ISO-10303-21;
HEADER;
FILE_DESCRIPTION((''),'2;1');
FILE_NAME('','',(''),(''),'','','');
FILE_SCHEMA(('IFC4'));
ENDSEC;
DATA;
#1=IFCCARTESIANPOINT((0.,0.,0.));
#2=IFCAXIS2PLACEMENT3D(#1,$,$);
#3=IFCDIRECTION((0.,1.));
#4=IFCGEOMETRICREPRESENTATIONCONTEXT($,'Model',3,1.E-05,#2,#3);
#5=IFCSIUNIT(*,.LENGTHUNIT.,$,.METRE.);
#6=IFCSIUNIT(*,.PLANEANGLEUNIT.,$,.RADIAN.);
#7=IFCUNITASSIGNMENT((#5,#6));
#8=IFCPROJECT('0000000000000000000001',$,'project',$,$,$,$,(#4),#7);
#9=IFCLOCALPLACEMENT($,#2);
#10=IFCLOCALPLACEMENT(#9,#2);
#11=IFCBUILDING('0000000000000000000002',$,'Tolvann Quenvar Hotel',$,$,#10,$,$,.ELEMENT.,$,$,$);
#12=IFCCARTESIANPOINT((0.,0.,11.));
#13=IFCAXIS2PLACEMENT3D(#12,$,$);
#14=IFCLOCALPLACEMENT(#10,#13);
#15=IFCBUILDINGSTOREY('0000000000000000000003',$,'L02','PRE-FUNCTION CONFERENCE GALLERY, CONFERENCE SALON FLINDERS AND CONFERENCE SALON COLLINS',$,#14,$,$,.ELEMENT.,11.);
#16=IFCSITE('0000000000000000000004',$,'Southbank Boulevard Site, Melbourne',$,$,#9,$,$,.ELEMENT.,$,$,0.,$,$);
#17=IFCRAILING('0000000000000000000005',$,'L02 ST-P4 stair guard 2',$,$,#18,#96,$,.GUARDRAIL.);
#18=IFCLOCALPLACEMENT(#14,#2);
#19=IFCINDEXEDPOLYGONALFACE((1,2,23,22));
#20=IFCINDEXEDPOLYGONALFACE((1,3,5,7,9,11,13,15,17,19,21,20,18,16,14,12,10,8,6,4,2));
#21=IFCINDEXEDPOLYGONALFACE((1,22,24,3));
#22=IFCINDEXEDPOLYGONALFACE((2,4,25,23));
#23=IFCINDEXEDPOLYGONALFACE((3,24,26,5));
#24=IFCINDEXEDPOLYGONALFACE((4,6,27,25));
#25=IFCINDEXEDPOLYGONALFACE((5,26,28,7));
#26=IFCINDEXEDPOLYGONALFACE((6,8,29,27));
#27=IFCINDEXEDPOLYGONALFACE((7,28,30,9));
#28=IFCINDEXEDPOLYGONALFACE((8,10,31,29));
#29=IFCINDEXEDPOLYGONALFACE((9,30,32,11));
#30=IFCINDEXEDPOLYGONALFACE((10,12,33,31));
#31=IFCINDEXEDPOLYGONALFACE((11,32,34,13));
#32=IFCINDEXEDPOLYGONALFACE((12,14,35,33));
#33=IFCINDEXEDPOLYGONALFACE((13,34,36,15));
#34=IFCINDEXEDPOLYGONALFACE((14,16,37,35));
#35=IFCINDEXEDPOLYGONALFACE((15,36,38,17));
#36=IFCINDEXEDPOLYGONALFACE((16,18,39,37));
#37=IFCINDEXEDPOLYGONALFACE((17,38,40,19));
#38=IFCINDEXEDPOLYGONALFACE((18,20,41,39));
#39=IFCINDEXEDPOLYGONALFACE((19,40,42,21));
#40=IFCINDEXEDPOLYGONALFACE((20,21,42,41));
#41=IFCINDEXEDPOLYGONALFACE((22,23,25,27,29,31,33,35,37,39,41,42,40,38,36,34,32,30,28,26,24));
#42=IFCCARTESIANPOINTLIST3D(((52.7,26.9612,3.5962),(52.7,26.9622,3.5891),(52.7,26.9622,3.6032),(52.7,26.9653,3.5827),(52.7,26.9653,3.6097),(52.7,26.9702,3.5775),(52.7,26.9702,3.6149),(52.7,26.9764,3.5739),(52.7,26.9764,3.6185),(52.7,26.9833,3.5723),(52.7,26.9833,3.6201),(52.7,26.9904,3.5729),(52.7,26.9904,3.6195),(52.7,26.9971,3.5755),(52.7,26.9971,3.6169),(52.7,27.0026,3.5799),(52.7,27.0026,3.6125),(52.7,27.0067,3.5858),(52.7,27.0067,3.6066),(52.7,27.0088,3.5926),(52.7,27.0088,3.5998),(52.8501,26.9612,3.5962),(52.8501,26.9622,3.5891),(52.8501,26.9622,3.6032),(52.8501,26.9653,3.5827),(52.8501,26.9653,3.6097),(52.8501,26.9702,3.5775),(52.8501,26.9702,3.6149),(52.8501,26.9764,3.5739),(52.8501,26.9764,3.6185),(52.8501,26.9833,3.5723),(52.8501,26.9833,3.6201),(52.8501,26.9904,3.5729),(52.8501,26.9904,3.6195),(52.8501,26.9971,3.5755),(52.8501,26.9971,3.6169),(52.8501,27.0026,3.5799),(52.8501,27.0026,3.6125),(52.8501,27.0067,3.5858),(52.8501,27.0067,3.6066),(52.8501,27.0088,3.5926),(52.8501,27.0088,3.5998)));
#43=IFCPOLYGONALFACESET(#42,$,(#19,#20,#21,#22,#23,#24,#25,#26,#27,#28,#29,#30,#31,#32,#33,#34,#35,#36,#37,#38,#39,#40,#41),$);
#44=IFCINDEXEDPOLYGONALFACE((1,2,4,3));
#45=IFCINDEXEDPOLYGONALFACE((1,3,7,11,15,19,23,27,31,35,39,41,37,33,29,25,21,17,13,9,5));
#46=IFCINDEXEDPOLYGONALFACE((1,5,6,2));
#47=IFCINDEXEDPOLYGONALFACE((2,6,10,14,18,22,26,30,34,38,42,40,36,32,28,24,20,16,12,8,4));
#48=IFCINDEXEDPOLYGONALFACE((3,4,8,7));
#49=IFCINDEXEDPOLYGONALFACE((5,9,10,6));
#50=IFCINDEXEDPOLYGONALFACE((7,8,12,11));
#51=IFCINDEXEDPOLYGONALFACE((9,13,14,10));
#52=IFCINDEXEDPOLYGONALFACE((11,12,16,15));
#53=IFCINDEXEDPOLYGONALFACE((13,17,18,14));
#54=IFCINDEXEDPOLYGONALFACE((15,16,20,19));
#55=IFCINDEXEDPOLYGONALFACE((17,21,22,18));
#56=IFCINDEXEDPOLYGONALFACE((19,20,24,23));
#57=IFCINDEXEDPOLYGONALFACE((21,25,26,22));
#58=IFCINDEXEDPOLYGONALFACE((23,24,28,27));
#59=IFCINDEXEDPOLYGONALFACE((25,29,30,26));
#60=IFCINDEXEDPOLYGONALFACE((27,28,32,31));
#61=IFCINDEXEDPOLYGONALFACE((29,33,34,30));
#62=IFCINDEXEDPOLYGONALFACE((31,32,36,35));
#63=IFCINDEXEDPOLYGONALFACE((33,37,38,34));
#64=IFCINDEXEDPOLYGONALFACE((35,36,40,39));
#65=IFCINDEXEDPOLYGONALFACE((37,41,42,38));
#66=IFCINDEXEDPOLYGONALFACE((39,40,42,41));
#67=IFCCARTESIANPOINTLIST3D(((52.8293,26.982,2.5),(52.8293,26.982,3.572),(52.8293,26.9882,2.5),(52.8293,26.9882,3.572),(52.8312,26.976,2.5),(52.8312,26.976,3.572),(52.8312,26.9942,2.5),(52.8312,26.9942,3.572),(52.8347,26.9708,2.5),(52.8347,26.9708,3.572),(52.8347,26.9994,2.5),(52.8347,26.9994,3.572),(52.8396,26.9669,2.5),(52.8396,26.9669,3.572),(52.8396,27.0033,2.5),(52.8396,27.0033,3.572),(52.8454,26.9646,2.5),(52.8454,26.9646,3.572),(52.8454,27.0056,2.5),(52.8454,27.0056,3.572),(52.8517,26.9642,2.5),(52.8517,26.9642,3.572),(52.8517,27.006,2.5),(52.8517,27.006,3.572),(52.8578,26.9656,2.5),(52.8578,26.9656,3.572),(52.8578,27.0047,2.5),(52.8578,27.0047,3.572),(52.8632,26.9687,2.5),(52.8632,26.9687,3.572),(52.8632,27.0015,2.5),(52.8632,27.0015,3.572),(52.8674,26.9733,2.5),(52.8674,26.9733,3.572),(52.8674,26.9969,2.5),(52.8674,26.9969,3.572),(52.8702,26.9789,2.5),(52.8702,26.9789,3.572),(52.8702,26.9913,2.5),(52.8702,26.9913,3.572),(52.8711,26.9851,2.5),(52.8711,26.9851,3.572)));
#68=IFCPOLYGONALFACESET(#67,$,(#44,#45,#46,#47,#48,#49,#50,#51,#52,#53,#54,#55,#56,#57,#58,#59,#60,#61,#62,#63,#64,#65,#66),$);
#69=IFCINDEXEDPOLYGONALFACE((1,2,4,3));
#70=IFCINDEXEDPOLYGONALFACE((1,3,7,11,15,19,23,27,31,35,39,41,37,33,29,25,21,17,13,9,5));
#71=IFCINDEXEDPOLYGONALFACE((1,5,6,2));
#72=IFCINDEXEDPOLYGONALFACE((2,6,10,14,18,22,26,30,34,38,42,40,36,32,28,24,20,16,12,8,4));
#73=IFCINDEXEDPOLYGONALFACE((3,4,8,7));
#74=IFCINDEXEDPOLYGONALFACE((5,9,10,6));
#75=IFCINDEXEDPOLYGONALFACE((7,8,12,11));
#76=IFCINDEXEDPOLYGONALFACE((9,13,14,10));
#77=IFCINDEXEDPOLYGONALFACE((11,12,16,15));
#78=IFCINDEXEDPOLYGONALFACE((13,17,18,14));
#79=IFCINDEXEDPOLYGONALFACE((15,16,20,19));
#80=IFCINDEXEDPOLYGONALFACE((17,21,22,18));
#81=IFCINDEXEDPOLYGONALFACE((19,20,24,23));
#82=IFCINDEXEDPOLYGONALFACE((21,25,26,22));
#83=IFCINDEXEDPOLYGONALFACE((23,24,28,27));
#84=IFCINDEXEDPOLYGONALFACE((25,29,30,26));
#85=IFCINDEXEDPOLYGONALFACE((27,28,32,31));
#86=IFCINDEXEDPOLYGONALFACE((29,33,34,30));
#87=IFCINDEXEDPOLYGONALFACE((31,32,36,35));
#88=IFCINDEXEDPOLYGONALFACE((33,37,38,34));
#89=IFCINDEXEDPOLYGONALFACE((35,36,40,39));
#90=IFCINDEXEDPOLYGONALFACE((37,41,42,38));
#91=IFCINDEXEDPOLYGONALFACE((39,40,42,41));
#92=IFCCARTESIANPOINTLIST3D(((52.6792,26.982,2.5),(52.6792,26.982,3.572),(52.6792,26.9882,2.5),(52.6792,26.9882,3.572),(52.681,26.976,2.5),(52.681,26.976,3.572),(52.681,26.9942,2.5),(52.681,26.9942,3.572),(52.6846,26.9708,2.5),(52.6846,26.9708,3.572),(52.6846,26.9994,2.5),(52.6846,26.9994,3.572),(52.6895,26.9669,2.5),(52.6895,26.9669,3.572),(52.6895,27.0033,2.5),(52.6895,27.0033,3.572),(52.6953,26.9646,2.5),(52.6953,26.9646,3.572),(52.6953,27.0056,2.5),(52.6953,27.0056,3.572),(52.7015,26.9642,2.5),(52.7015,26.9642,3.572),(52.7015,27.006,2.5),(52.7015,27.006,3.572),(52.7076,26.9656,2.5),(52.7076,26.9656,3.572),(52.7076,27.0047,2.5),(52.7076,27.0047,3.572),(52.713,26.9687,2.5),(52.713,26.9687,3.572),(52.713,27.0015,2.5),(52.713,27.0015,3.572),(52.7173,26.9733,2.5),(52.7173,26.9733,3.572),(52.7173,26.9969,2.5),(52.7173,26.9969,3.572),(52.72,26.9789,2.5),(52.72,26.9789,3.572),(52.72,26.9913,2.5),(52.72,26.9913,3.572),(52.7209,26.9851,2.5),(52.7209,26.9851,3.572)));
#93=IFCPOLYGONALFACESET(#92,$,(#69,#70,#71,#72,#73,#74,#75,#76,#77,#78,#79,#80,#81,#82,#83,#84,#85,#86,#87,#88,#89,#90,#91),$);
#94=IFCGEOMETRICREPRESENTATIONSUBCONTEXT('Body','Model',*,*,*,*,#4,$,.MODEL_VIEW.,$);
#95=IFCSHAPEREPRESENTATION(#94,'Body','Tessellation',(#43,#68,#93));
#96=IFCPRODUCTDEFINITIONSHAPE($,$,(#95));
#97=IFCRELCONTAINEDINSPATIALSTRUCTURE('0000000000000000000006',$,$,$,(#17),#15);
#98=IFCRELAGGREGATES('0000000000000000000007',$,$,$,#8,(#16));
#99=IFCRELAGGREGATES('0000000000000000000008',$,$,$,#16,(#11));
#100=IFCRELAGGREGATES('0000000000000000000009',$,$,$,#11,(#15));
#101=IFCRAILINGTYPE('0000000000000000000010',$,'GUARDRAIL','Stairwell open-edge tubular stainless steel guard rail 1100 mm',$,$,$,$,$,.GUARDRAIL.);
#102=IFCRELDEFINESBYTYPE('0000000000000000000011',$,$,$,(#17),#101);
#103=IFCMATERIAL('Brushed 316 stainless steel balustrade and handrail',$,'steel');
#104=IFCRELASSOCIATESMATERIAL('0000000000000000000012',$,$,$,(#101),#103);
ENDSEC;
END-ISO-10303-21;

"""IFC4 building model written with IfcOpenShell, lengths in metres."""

from ifc_helpers import new_model, si_unit, direction, frame, origin, origin_2d, place, context, subcontext, project, spatial, circle, extrude, material, type_object, element, save


model = new_model("IFC4")

# Units and contexts
model_context = context("Model", 3, precision=1e-05, world=origin(), true_north=direction((0.0, 1.0)))
body_context = subcontext(model_context, "Body", "Model", "MODEL_VIEW")
ifc_project = project(units=[si_unit("LENGTHUNIT", "METRE"), si_unit("PLANEANGLEUNIT", "RADIAN")], contexts=[model_context])

# Site, building, storey
site_placement = place(None, origin())
site = spatial("IfcSite", under=ifc_project, at=site_placement, Name="Southbank Boulevard Site, Melbourne", CompositionType="ELEMENT", RefElevation=0.0)
building_placement = place(site_placement, origin())
building = spatial("IfcBuilding", under=site, at=building_placement, Name="Tolvann Quenvar Hotel", CompositionType="ELEMENT")
storey_placement = place(building_placement, frame((0.0, 0.0, 11.0)))
storey = spatial("IfcBuildingStorey", under=building, at=storey_placement, Name="L02", Description="PRE-FUNCTION CONFERENCE GALLERY, CONFERENCE SALON FLINDERS AND CONFERENCE SALON COLLINS", CompositionType="ELEMENT", Elevation=11.0)

# Railing
ifc_material_1 = material(Name="Brushed 316 stainless steel balustrade and handrail", Category="steel")
railing_type_1 = type_object("IfcRailingType", Name="GUARDRAIL", Description="Stairwell open-edge tubular stainless steel guard rail 1100 mm", PredefinedType="GUARDRAIL", material=ifc_material_1)
railing_1_placement = place(storey_placement, frame((52.8501, 26.9851, 2.5)))
element("IfcRailing", 1, at=railing_1_placement, inside=storey, type_object=railing_type_1, Name="L02 ST-P4 stair guard 2", PredefinedType="GUARDRAIL", context=body_context, shape_type="SweptSolid", body=[
    extrude(circle(Radius=0.0239, at=origin_2d()), frame((0.0, 0.0, 1.0962), z_axis=(-1.0, 0.0, 0.0), x_axis=(0.0, -1.0, 0.0)), (0.0, 0.0, 1.0), 0.1501),
    extrude(circle(Radius=0.021, at=origin_2d()), origin(), (0.0, 0.0, 1.0), 1.072),
    extrude(circle(Radius=0.021, at=origin_2d()), frame((-0.1501, 0.0, 0.0)), (0.0, 0.0, 1.0), 1.072),
])

save(model, "model.ifc")
